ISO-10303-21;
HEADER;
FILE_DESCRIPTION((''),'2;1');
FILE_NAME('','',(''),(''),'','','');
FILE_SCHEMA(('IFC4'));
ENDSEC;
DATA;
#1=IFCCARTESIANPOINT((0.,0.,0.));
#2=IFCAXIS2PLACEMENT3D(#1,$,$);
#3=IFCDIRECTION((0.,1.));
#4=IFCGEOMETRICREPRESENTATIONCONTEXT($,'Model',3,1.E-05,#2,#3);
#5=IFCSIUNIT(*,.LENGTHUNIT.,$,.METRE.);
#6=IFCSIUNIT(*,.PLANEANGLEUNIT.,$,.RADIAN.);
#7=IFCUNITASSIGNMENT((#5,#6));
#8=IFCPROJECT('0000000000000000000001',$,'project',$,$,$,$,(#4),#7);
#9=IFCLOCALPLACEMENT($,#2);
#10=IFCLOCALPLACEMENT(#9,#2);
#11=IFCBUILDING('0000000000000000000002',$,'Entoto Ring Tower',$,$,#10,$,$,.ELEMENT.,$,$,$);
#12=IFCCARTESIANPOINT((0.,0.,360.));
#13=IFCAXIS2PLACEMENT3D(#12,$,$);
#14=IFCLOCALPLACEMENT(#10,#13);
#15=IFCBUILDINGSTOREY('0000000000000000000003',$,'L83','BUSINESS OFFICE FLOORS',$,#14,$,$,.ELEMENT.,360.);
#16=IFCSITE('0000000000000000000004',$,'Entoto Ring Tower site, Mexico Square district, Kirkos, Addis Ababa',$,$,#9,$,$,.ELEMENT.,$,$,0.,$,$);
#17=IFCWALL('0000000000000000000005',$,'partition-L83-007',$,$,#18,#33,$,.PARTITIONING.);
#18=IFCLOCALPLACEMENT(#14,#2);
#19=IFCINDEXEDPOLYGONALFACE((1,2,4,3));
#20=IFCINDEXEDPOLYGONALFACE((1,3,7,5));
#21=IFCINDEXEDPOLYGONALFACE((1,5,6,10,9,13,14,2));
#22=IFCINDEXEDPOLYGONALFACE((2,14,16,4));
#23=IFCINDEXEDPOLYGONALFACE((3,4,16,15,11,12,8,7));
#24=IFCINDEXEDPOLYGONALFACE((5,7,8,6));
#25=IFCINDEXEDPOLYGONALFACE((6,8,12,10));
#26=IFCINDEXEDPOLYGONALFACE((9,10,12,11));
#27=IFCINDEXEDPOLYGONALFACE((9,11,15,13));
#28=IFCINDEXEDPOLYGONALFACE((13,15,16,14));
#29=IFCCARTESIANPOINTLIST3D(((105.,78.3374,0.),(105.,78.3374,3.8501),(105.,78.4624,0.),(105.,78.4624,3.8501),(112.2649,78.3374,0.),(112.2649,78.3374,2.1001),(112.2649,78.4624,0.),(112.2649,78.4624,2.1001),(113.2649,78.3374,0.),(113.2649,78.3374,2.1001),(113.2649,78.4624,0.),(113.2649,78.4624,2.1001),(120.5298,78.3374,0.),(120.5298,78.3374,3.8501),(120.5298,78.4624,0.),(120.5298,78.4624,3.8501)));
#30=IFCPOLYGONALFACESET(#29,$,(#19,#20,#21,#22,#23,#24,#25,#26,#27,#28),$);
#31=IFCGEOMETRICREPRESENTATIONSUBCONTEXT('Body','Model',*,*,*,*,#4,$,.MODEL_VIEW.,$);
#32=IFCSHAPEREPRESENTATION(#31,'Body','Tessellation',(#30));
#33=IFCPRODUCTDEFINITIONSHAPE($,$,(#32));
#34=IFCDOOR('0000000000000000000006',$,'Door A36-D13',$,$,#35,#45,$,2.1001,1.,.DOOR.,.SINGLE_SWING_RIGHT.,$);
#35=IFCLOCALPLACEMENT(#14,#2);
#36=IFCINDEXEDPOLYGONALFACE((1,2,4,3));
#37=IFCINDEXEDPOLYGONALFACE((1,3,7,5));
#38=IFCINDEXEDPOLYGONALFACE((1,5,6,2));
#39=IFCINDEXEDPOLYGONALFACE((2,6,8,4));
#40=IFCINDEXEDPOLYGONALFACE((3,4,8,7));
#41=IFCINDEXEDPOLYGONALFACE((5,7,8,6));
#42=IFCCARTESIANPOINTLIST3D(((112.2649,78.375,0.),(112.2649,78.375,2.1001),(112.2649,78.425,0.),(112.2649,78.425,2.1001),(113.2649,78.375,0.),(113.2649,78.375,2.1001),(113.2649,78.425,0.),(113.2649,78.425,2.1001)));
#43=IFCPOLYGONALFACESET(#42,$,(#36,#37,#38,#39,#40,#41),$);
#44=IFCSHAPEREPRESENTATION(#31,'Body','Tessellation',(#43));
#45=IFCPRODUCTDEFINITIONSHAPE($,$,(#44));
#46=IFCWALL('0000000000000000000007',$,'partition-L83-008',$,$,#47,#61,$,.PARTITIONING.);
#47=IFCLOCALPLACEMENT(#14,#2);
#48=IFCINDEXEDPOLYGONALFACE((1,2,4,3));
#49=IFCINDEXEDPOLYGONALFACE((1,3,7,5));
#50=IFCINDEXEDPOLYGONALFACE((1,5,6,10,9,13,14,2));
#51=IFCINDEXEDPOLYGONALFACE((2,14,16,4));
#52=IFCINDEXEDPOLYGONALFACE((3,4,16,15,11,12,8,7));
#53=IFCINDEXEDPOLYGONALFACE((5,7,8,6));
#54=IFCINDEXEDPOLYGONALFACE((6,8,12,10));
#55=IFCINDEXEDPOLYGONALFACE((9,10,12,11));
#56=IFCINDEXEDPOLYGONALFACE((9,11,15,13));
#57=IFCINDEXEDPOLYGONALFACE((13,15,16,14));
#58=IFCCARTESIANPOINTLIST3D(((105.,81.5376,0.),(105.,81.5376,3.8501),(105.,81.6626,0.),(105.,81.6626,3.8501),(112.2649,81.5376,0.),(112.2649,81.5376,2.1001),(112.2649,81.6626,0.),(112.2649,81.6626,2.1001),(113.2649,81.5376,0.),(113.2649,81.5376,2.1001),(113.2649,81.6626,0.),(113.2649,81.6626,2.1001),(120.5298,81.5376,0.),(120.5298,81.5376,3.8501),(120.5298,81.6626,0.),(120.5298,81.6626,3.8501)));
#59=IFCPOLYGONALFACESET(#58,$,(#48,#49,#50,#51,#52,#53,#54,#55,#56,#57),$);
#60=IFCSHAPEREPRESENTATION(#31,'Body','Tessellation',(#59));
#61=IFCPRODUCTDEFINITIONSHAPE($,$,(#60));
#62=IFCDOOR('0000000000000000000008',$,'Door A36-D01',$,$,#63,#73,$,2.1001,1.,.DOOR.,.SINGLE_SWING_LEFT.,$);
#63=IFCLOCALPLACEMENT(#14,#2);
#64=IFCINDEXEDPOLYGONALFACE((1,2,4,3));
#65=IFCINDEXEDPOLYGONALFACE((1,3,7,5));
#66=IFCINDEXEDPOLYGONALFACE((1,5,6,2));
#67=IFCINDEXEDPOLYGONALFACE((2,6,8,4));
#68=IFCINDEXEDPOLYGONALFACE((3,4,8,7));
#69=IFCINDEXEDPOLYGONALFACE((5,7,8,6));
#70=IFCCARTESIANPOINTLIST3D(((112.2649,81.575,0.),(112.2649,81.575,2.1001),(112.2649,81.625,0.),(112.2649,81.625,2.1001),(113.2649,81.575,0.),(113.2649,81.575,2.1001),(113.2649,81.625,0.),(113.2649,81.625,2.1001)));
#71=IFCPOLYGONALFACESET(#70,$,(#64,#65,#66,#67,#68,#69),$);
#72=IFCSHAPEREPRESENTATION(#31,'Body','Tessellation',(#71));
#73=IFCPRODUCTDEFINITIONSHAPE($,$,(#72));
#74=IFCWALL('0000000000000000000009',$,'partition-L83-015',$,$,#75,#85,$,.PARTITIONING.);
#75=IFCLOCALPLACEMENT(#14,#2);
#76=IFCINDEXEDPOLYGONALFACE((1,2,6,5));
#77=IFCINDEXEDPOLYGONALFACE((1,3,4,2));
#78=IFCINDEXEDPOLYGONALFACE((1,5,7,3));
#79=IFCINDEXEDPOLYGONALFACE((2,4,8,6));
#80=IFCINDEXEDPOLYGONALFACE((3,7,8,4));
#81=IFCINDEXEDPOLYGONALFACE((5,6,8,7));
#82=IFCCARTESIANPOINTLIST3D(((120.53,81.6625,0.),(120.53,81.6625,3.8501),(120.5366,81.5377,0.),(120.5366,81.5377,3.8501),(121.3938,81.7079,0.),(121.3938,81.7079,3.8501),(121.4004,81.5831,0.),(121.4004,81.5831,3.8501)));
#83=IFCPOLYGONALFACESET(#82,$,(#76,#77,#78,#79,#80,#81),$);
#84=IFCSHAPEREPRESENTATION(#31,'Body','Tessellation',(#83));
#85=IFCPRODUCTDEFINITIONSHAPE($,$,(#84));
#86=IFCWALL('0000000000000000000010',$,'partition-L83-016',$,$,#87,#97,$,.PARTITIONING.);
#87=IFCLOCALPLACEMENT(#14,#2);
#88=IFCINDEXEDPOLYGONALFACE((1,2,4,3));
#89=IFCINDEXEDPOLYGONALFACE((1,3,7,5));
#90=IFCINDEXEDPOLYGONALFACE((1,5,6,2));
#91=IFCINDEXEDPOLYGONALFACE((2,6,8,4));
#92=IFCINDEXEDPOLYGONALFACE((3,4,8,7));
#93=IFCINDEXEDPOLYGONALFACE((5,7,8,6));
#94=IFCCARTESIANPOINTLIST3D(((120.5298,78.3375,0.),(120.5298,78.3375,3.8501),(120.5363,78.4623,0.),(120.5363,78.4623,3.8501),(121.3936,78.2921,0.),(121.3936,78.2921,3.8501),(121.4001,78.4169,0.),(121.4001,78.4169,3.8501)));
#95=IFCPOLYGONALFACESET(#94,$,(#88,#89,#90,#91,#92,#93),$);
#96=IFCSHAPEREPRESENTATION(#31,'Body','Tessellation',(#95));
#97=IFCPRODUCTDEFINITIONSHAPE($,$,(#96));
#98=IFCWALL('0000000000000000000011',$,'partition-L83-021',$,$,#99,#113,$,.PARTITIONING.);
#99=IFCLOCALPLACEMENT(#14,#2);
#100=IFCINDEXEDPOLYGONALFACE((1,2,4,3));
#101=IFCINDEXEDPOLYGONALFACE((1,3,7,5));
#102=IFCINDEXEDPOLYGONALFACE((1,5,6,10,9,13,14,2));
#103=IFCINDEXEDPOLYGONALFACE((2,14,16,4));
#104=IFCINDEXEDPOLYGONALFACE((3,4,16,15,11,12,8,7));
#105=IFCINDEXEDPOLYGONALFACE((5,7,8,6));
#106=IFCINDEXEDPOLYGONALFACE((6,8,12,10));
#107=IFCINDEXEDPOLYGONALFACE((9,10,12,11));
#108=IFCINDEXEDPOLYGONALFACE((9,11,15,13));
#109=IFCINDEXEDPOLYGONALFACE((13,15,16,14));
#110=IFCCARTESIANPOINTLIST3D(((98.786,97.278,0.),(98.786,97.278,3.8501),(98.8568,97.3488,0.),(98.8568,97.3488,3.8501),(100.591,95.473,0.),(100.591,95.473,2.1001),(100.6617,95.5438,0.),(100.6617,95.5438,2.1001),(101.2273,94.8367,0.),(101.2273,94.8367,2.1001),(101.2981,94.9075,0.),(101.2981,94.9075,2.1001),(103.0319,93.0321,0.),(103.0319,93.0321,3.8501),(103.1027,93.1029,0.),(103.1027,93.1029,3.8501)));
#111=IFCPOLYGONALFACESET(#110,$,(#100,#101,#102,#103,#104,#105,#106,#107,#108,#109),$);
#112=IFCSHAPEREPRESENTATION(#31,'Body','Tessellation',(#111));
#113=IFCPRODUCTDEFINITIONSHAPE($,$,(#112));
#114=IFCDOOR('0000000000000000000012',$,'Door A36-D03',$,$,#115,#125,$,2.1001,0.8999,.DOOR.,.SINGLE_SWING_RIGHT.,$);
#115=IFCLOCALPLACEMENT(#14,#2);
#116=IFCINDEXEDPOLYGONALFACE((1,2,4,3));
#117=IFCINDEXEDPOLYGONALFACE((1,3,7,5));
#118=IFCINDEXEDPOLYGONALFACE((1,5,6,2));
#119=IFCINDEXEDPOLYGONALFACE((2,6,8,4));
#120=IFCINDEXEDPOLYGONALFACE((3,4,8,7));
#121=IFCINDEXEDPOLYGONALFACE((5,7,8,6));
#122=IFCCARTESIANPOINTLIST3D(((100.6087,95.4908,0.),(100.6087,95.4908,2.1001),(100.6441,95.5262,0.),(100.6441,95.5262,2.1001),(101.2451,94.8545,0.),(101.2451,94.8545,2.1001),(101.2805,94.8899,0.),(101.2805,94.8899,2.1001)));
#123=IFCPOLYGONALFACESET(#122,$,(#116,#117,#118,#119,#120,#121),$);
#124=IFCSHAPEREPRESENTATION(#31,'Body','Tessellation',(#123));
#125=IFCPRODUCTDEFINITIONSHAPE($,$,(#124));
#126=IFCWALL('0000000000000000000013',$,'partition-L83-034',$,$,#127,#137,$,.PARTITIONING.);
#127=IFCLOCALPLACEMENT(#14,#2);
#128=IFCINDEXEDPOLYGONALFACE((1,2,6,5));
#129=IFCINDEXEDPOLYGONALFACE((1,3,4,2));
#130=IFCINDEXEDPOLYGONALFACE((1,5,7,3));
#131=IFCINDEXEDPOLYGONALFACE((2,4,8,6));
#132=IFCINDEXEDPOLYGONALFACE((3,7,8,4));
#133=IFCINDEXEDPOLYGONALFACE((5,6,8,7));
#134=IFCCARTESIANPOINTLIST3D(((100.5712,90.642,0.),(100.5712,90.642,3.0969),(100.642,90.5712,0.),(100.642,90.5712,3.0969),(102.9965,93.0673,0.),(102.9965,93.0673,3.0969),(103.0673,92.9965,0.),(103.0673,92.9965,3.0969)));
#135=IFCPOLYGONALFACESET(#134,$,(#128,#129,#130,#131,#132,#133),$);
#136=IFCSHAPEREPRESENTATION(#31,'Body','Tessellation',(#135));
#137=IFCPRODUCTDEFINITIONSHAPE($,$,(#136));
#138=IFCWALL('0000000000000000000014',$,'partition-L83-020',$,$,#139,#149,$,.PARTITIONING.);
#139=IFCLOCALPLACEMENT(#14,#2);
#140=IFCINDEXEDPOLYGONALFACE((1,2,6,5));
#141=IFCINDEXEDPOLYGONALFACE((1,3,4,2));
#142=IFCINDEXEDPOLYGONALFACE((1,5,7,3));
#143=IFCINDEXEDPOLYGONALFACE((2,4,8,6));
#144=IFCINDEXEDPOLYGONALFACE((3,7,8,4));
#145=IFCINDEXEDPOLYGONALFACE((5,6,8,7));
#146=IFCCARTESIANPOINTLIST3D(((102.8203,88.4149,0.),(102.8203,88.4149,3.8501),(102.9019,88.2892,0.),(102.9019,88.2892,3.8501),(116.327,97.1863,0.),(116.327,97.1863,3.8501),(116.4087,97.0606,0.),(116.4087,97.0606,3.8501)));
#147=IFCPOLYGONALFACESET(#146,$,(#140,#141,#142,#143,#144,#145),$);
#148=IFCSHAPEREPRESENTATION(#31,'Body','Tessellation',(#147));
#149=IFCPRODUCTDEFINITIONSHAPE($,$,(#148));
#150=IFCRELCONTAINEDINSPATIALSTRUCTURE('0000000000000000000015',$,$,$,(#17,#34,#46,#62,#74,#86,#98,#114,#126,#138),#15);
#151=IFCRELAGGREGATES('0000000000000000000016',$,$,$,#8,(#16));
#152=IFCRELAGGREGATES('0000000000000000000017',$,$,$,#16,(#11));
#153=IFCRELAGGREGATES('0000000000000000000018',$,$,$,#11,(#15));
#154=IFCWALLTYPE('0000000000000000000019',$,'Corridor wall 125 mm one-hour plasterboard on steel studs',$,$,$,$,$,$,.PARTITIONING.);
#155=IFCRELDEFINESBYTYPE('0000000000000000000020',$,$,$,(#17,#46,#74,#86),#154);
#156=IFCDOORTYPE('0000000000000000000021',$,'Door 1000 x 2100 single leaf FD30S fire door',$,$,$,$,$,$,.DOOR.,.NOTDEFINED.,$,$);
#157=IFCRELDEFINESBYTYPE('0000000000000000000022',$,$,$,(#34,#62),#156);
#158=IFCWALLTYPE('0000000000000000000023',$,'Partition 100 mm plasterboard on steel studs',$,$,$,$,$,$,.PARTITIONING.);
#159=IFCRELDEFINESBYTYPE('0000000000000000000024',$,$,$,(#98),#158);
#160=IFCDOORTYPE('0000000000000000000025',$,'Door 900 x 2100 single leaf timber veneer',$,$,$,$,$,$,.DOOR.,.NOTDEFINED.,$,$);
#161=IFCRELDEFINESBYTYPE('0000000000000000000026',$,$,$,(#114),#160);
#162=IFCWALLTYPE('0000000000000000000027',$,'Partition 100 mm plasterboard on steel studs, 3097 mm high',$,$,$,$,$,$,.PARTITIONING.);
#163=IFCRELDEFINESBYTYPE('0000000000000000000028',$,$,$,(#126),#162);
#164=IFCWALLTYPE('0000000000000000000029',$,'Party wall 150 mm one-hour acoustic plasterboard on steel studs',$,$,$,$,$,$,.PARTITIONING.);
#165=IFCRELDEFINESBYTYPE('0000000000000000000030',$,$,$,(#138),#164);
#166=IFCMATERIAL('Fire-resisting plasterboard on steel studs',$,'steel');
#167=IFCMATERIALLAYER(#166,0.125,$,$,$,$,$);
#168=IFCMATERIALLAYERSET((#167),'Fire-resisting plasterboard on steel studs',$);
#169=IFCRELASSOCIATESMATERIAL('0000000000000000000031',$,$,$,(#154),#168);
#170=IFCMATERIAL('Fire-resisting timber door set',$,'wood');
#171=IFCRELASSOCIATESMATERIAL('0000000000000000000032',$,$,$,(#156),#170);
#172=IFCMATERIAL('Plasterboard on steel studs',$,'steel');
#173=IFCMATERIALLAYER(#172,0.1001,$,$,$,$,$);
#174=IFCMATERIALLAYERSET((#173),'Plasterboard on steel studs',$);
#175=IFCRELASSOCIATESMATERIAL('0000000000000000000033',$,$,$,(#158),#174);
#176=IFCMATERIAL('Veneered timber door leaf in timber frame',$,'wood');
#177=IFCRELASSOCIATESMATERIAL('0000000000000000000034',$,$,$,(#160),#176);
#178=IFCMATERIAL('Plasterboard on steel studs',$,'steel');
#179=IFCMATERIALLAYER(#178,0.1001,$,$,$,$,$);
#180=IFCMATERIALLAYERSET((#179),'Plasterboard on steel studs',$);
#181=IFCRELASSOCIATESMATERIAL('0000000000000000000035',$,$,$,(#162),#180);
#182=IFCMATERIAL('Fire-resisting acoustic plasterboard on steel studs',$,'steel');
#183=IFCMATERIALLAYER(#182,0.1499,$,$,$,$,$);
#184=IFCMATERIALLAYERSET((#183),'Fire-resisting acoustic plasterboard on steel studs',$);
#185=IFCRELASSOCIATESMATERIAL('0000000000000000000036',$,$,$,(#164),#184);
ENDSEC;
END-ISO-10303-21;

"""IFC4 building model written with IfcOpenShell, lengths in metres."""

from ifc_helpers import new_model, si_unit, direction, frame, frame_2d, origin, place, context, subcontext, project, spatial, rectangle, extrude, material, layer, layer_set, type_object, element, fill, save


model = new_model("IFC4")

# Units and contexts
model_context = context("Model", 3, precision=1e-05, world=origin(), true_north=direction((0.0, 1.0)))
body_context = subcontext(model_context, "Body", "Model", "MODEL_VIEW")
ifc_project = project(units=[si_unit("LENGTHUNIT", "METRE"), si_unit("PLANEANGLEUNIT", "RADIAN")], contexts=[model_context])

# Site, building, storey
site_placement = place(None, origin())
site = spatial("IfcSite", under=ifc_project, at=site_placement, Name="Entoto Ring Tower site, Mexico Square district, Kirkos, Addis Ababa", CompositionType="ELEMENT", RefElevation=0.0)
building_placement = place(site_placement, origin())
building = spatial("IfcBuilding", under=site, at=building_placement, Name="Entoto Ring Tower", CompositionType="ELEMENT")
storey_placement = place(building_placement, frame((0.0, 0.0, 360.0)))
storey = spatial("IfcBuildingStorey", under=building, at=storey_placement, Name="L83", Description="BUSINESS OFFICE FLOORS", CompositionType="ELEMENT", Elevation=360.0)

# Walls, openings, doors
ifc_material_1 = material(Name="Fire-resisting plasterboard on steel studs", Category="steel")
ifc_layer_1 = layer(ifc_material_1, 0.125)
ifc_layer_set_1 = layer_set([ifc_layer_1], Name="Fire-resisting plasterboard on steel studs")
wall_type_1 = type_object("IfcWallType", Name="Corridor wall 125 mm one-hour plasterboard on steel studs", PredefinedType="PARTITIONING", material=ifc_layer_set_1)
wall_1_placement = place(storey_placement, frame((105.0, 78.3999, 0.0), z_axis=(0.0, 0.0, 1.0), x_axis=(1.0, 0.0, 0.0)))
wall_1 = element("IfcWall", 1, at=wall_1_placement, inside=storey, type_object=wall_type_1, Name="partition-L83-007", PredefinedType="PARTITIONING", context=body_context, shape_type="SweptSolid", body=[
    extrude(rectangle(XDim=15.5298, YDim=0.125, at=frame_2d((7.7649, 0.0))), origin(), (0.0, 0.0, 1.0), 3.8501),
])
opening_1_placement = place(wall_1_placement, frame((7.2649, 0.0, 0.0)))
opening_1 = element("IfcOpeningElement", 2, at=opening_1_placement, cuts=wall_1, PredefinedType="OPENING", context=body_context, shape_type="SweptSolid", body=[
    extrude(rectangle(XDim=1.0, YDim=2.1001, at=frame_2d((0.5, 1.05))), frame((0.0, 0.0725, 0.0), z_axis=(0.0, -1.0, 0.0), x_axis=(1.0, 0.0, 0.0)), (0.0, 0.0, 1.0), 0.145),
])
ifc_material_2 = material(Name="Fire-resisting timber door set", Category="wood")
door_type_1 = type_object("IfcDoorType", Name="Door 1000 x 2100 single leaf FD30S fire door", OperationType="NOTDEFINED", PredefinedType="DOOR", material=ifc_material_2)
door_1_placement = place(opening_1_placement, frame((1.0, 0.0, 0.0), z_axis=(0.0, 0.0, 1.0), x_axis=(-1.0, 0.0, 0.0)))
door_1 = element("IfcDoor", 3, at=door_1_placement, inside=storey, type_object=door_type_1, Name="Door A36-D13", OperationType="SINGLE_SWING_RIGHT", OverallHeight=2.1001, OverallWidth=1.0, PredefinedType="DOOR", context=body_context, shape_type="SweptSolid", body=[
    extrude(rectangle(XDim=1.0, YDim=2.1001, at=frame_2d((0.5, 1.05))), frame((0.0, 0.0249, 0.0), z_axis=(0.0, -1.0, 0.0), x_axis=(1.0, 0.0, 0.0)), (0.0, 0.0, 1.0), 0.05),
])
fill(opening_1, door_1)
wall_2_placement = place(storey_placement, frame((105.0, 81.6001, 0.0), z_axis=(0.0, 0.0, 1.0), x_axis=(1.0, 0.0, 0.0)))
wall_2 = element("IfcWall", 4, at=wall_2_placement, inside=storey, type_object=wall_type_1, Name="partition-L83-008", PredefinedType="PARTITIONING", context=body_context, shape_type="SweptSolid", body=[
    extrude(rectangle(XDim=15.5298, YDim=0.125, at=frame_2d((7.7649, 0.0))), origin(), (0.0, 0.0, 1.0), 3.8501),
])
opening_2_placement = place(wall_2_placement, frame((7.2649, 0.0, 0.0)))
opening_2 = element("IfcOpeningElement", 5, at=opening_2_placement, cuts=wall_2, PredefinedType="OPENING", context=body_context, shape_type="SweptSolid", body=[
    extrude(rectangle(XDim=1.0, YDim=2.1001, at=frame_2d((0.5, 1.05))), frame((0.0, 0.0725, 0.0), z_axis=(0.0, -1.0, 0.0), x_axis=(1.0, 0.0, 0.0)), (0.0, 0.0, 1.0), 0.145),
])
door_2_placement = place(opening_2_placement, origin())
door_2 = element("IfcDoor", 6, at=door_2_placement, inside=storey, type_object=door_type_1, Name="Door A36-D01", OperationType="SINGLE_SWING_LEFT", OverallHeight=2.1001, OverallWidth=1.0, PredefinedType="DOOR", context=body_context, shape_type="SweptSolid", body=[
    extrude(rectangle(XDim=1.0, YDim=2.1001, at=frame_2d((0.5, 1.05))), frame((0.0, 0.0249, 0.0), z_axis=(0.0, -1.0, 0.0), x_axis=(1.0, 0.0, 0.0)), (0.0, 0.0, 1.0), 0.05),
])
fill(opening_2, door_2)

# Walls
for number, where, z_axis, x_axis, name in (
    (7, (120.5332, 81.6001, 0.0), (0.0, 0.0, 1.0), (0.998621, 0.0525, 0.0), "partition-L83-015"),
    (8, (121.397, 78.3545, 0.0), (0.0, 0.0, 1.0), (-0.998621, 0.0525, 0.0), "partition-L83-016"),
):
    element("IfcWall", number, at=place(storey_placement, frame(where, z_axis=z_axis, x_axis=x_axis)), inside=storey, type_object=wall_type_1, Name=name, PredefinedType="PARTITIONING", context=body_context, shape_type="SweptSolid", body=[
        extrude(rectangle(XDim=0.865, YDim=0.125, at=frame_2d((0.4326, 0.0))), origin(), (0.0, 0.0, 1.0), 3.8501),
    ])

# Wall, opening, door
ifc_material_3 = material(Name="Plasterboard on steel studs", Category="steel")
ifc_layer_2 = layer(ifc_material_3, 0.1001)
ifc_layer_set_2 = layer_set([ifc_layer_2], Name="Plasterboard on steel studs")
wall_type_2 = type_object("IfcWallType", Name="Partition 100 mm plasterboard on steel studs", PredefinedType="PARTITIONING", material=ifc_layer_set_2)
wall_3_placement = place(storey_placement, frame((103.0674, 93.0674, 0.0), z_axis=(0.0, 0.0, 1.0), x_axis=(-0.707107, 0.707107, 0.0)))
wall_3 = element("IfcWall", 9, at=wall_3_placement, inside=storey, type_object=wall_type_2, Name="partition-L83-021", PredefinedType="PARTITIONING", context=body_context, shape_type="SweptSolid", body=[
    extrude(rectangle(XDim=6.0046, YDim=0.1001, at=frame_2d((3.0024, 0.0))), origin(), (0.0, 0.0, 1.0), 3.8501),
])
opening_3_placement = place(wall_3_placement, frame((2.5522, 0.0, 0.0)))
opening_3 = element("IfcOpeningElement", 10, at=opening_3_placement, cuts=wall_3, PredefinedType="OPENING", context=body_context, shape_type="SweptSolid", body=[
    extrude(rectangle(XDim=0.8999, YDim=2.1001, at=frame_2d((0.45, 1.05))), frame((0.0, 0.0601, 0.0), z_axis=(0.0, -1.0, 0.0), x_axis=(1.0, 0.0, 0.0)), (0.0, 0.0, 1.0), 0.1201),
])
ifc_material_4 = material(Name="Veneered timber door leaf in timber frame", Category="wood")
door_type_2 = type_object("IfcDoorType", Name="Door 900 x 2100 single leaf timber veneer", OperationType="NOTDEFINED", PredefinedType="DOOR", material=ifc_material_4)
door_3_placement = place(opening_3_placement, origin())
door_3 = element("IfcDoor", 11, at=door_3_placement, inside=storey, type_object=door_type_2, Name="Door A36-D03", OperationType="SINGLE_SWING_RIGHT", OverallHeight=2.1001, OverallWidth=0.8999, PredefinedType="DOOR", context=body_context, shape_type="SweptSolid", body=[
    extrude(rectangle(XDim=0.8999, YDim=2.1001, at=frame_2d((0.45, 1.05))), frame((0.0, 0.0249, 0.0), z_axis=(0.0, -1.0, 0.0), x_axis=(1.0, 0.0, 0.0)), (0.0, 0.0, 1.0), 0.05),
])
fill(opening_3, door_3)

# Walls
ifc_material_5 = material(Name="Plasterboard on steel studs", Category="steel")
ifc_layer_3 = layer(ifc_material_5, 0.1001)
ifc_layer_set_3 = layer_set([ifc_layer_3], Name="Plasterboard on steel studs")
wall_type_3 = type_object("IfcWallType", Name="Partition 100 mm plasterboard on steel studs, 3097 mm high", PredefinedType="PARTITIONING", material=ifc_layer_set_3)
wall_4_placement = place(storey_placement, frame((100.6067, 90.6067, 0.0), z_axis=(0.0, 0.0, 1.0), x_axis=(0.707107, 0.707107, 0.0)))
element("IfcWall", 12, at=wall_4_placement, inside=storey, type_object=wall_type_3, Name="partition-L83-034", PredefinedType="PARTITIONING", context=body_context, shape_type="SweptSolid", body=[
    extrude(rectangle(XDim=3.4299, YDim=0.1001, at=frame_2d((1.7148, 0.0))), origin(), (0.0, 0.0, 1.0), 3.0969),
])
ifc_material_6 = material(Name="Fire-resisting acoustic plasterboard on steel studs", Category="steel")
ifc_layer_4 = layer(ifc_material_6, 0.1499)
ifc_layer_set_4 = layer_set([ifc_layer_4], Name="Fire-resisting acoustic plasterboard on steel studs")
wall_type_4 = type_object("IfcWallType", Name="Party wall 150 mm one-hour acoustic plasterboard on steel studs", PredefinedType="PARTITIONING", material=ifc_layer_set_4)
wall_5_placement = place(storey_placement, frame((102.8611, 88.3521, 0.0), z_axis=(0.0, 0.0, 1.0), x_axis=(0.838669, 0.544641, 0.0)))
element("IfcWall", 13, at=wall_5_placement, inside=storey, type_object=wall_type_4, Name="partition-L83-020", PredefinedType="PARTITIONING", context=body_context, shape_type="SweptSolid", body=[
    extrude(rectangle(XDim=16.105, YDim=0.1499, at=frame_2d((8.0525, 0.0))), origin(), (0.0, 0.0, 1.0), 3.8501),
])

save(model, "model.ifc")
